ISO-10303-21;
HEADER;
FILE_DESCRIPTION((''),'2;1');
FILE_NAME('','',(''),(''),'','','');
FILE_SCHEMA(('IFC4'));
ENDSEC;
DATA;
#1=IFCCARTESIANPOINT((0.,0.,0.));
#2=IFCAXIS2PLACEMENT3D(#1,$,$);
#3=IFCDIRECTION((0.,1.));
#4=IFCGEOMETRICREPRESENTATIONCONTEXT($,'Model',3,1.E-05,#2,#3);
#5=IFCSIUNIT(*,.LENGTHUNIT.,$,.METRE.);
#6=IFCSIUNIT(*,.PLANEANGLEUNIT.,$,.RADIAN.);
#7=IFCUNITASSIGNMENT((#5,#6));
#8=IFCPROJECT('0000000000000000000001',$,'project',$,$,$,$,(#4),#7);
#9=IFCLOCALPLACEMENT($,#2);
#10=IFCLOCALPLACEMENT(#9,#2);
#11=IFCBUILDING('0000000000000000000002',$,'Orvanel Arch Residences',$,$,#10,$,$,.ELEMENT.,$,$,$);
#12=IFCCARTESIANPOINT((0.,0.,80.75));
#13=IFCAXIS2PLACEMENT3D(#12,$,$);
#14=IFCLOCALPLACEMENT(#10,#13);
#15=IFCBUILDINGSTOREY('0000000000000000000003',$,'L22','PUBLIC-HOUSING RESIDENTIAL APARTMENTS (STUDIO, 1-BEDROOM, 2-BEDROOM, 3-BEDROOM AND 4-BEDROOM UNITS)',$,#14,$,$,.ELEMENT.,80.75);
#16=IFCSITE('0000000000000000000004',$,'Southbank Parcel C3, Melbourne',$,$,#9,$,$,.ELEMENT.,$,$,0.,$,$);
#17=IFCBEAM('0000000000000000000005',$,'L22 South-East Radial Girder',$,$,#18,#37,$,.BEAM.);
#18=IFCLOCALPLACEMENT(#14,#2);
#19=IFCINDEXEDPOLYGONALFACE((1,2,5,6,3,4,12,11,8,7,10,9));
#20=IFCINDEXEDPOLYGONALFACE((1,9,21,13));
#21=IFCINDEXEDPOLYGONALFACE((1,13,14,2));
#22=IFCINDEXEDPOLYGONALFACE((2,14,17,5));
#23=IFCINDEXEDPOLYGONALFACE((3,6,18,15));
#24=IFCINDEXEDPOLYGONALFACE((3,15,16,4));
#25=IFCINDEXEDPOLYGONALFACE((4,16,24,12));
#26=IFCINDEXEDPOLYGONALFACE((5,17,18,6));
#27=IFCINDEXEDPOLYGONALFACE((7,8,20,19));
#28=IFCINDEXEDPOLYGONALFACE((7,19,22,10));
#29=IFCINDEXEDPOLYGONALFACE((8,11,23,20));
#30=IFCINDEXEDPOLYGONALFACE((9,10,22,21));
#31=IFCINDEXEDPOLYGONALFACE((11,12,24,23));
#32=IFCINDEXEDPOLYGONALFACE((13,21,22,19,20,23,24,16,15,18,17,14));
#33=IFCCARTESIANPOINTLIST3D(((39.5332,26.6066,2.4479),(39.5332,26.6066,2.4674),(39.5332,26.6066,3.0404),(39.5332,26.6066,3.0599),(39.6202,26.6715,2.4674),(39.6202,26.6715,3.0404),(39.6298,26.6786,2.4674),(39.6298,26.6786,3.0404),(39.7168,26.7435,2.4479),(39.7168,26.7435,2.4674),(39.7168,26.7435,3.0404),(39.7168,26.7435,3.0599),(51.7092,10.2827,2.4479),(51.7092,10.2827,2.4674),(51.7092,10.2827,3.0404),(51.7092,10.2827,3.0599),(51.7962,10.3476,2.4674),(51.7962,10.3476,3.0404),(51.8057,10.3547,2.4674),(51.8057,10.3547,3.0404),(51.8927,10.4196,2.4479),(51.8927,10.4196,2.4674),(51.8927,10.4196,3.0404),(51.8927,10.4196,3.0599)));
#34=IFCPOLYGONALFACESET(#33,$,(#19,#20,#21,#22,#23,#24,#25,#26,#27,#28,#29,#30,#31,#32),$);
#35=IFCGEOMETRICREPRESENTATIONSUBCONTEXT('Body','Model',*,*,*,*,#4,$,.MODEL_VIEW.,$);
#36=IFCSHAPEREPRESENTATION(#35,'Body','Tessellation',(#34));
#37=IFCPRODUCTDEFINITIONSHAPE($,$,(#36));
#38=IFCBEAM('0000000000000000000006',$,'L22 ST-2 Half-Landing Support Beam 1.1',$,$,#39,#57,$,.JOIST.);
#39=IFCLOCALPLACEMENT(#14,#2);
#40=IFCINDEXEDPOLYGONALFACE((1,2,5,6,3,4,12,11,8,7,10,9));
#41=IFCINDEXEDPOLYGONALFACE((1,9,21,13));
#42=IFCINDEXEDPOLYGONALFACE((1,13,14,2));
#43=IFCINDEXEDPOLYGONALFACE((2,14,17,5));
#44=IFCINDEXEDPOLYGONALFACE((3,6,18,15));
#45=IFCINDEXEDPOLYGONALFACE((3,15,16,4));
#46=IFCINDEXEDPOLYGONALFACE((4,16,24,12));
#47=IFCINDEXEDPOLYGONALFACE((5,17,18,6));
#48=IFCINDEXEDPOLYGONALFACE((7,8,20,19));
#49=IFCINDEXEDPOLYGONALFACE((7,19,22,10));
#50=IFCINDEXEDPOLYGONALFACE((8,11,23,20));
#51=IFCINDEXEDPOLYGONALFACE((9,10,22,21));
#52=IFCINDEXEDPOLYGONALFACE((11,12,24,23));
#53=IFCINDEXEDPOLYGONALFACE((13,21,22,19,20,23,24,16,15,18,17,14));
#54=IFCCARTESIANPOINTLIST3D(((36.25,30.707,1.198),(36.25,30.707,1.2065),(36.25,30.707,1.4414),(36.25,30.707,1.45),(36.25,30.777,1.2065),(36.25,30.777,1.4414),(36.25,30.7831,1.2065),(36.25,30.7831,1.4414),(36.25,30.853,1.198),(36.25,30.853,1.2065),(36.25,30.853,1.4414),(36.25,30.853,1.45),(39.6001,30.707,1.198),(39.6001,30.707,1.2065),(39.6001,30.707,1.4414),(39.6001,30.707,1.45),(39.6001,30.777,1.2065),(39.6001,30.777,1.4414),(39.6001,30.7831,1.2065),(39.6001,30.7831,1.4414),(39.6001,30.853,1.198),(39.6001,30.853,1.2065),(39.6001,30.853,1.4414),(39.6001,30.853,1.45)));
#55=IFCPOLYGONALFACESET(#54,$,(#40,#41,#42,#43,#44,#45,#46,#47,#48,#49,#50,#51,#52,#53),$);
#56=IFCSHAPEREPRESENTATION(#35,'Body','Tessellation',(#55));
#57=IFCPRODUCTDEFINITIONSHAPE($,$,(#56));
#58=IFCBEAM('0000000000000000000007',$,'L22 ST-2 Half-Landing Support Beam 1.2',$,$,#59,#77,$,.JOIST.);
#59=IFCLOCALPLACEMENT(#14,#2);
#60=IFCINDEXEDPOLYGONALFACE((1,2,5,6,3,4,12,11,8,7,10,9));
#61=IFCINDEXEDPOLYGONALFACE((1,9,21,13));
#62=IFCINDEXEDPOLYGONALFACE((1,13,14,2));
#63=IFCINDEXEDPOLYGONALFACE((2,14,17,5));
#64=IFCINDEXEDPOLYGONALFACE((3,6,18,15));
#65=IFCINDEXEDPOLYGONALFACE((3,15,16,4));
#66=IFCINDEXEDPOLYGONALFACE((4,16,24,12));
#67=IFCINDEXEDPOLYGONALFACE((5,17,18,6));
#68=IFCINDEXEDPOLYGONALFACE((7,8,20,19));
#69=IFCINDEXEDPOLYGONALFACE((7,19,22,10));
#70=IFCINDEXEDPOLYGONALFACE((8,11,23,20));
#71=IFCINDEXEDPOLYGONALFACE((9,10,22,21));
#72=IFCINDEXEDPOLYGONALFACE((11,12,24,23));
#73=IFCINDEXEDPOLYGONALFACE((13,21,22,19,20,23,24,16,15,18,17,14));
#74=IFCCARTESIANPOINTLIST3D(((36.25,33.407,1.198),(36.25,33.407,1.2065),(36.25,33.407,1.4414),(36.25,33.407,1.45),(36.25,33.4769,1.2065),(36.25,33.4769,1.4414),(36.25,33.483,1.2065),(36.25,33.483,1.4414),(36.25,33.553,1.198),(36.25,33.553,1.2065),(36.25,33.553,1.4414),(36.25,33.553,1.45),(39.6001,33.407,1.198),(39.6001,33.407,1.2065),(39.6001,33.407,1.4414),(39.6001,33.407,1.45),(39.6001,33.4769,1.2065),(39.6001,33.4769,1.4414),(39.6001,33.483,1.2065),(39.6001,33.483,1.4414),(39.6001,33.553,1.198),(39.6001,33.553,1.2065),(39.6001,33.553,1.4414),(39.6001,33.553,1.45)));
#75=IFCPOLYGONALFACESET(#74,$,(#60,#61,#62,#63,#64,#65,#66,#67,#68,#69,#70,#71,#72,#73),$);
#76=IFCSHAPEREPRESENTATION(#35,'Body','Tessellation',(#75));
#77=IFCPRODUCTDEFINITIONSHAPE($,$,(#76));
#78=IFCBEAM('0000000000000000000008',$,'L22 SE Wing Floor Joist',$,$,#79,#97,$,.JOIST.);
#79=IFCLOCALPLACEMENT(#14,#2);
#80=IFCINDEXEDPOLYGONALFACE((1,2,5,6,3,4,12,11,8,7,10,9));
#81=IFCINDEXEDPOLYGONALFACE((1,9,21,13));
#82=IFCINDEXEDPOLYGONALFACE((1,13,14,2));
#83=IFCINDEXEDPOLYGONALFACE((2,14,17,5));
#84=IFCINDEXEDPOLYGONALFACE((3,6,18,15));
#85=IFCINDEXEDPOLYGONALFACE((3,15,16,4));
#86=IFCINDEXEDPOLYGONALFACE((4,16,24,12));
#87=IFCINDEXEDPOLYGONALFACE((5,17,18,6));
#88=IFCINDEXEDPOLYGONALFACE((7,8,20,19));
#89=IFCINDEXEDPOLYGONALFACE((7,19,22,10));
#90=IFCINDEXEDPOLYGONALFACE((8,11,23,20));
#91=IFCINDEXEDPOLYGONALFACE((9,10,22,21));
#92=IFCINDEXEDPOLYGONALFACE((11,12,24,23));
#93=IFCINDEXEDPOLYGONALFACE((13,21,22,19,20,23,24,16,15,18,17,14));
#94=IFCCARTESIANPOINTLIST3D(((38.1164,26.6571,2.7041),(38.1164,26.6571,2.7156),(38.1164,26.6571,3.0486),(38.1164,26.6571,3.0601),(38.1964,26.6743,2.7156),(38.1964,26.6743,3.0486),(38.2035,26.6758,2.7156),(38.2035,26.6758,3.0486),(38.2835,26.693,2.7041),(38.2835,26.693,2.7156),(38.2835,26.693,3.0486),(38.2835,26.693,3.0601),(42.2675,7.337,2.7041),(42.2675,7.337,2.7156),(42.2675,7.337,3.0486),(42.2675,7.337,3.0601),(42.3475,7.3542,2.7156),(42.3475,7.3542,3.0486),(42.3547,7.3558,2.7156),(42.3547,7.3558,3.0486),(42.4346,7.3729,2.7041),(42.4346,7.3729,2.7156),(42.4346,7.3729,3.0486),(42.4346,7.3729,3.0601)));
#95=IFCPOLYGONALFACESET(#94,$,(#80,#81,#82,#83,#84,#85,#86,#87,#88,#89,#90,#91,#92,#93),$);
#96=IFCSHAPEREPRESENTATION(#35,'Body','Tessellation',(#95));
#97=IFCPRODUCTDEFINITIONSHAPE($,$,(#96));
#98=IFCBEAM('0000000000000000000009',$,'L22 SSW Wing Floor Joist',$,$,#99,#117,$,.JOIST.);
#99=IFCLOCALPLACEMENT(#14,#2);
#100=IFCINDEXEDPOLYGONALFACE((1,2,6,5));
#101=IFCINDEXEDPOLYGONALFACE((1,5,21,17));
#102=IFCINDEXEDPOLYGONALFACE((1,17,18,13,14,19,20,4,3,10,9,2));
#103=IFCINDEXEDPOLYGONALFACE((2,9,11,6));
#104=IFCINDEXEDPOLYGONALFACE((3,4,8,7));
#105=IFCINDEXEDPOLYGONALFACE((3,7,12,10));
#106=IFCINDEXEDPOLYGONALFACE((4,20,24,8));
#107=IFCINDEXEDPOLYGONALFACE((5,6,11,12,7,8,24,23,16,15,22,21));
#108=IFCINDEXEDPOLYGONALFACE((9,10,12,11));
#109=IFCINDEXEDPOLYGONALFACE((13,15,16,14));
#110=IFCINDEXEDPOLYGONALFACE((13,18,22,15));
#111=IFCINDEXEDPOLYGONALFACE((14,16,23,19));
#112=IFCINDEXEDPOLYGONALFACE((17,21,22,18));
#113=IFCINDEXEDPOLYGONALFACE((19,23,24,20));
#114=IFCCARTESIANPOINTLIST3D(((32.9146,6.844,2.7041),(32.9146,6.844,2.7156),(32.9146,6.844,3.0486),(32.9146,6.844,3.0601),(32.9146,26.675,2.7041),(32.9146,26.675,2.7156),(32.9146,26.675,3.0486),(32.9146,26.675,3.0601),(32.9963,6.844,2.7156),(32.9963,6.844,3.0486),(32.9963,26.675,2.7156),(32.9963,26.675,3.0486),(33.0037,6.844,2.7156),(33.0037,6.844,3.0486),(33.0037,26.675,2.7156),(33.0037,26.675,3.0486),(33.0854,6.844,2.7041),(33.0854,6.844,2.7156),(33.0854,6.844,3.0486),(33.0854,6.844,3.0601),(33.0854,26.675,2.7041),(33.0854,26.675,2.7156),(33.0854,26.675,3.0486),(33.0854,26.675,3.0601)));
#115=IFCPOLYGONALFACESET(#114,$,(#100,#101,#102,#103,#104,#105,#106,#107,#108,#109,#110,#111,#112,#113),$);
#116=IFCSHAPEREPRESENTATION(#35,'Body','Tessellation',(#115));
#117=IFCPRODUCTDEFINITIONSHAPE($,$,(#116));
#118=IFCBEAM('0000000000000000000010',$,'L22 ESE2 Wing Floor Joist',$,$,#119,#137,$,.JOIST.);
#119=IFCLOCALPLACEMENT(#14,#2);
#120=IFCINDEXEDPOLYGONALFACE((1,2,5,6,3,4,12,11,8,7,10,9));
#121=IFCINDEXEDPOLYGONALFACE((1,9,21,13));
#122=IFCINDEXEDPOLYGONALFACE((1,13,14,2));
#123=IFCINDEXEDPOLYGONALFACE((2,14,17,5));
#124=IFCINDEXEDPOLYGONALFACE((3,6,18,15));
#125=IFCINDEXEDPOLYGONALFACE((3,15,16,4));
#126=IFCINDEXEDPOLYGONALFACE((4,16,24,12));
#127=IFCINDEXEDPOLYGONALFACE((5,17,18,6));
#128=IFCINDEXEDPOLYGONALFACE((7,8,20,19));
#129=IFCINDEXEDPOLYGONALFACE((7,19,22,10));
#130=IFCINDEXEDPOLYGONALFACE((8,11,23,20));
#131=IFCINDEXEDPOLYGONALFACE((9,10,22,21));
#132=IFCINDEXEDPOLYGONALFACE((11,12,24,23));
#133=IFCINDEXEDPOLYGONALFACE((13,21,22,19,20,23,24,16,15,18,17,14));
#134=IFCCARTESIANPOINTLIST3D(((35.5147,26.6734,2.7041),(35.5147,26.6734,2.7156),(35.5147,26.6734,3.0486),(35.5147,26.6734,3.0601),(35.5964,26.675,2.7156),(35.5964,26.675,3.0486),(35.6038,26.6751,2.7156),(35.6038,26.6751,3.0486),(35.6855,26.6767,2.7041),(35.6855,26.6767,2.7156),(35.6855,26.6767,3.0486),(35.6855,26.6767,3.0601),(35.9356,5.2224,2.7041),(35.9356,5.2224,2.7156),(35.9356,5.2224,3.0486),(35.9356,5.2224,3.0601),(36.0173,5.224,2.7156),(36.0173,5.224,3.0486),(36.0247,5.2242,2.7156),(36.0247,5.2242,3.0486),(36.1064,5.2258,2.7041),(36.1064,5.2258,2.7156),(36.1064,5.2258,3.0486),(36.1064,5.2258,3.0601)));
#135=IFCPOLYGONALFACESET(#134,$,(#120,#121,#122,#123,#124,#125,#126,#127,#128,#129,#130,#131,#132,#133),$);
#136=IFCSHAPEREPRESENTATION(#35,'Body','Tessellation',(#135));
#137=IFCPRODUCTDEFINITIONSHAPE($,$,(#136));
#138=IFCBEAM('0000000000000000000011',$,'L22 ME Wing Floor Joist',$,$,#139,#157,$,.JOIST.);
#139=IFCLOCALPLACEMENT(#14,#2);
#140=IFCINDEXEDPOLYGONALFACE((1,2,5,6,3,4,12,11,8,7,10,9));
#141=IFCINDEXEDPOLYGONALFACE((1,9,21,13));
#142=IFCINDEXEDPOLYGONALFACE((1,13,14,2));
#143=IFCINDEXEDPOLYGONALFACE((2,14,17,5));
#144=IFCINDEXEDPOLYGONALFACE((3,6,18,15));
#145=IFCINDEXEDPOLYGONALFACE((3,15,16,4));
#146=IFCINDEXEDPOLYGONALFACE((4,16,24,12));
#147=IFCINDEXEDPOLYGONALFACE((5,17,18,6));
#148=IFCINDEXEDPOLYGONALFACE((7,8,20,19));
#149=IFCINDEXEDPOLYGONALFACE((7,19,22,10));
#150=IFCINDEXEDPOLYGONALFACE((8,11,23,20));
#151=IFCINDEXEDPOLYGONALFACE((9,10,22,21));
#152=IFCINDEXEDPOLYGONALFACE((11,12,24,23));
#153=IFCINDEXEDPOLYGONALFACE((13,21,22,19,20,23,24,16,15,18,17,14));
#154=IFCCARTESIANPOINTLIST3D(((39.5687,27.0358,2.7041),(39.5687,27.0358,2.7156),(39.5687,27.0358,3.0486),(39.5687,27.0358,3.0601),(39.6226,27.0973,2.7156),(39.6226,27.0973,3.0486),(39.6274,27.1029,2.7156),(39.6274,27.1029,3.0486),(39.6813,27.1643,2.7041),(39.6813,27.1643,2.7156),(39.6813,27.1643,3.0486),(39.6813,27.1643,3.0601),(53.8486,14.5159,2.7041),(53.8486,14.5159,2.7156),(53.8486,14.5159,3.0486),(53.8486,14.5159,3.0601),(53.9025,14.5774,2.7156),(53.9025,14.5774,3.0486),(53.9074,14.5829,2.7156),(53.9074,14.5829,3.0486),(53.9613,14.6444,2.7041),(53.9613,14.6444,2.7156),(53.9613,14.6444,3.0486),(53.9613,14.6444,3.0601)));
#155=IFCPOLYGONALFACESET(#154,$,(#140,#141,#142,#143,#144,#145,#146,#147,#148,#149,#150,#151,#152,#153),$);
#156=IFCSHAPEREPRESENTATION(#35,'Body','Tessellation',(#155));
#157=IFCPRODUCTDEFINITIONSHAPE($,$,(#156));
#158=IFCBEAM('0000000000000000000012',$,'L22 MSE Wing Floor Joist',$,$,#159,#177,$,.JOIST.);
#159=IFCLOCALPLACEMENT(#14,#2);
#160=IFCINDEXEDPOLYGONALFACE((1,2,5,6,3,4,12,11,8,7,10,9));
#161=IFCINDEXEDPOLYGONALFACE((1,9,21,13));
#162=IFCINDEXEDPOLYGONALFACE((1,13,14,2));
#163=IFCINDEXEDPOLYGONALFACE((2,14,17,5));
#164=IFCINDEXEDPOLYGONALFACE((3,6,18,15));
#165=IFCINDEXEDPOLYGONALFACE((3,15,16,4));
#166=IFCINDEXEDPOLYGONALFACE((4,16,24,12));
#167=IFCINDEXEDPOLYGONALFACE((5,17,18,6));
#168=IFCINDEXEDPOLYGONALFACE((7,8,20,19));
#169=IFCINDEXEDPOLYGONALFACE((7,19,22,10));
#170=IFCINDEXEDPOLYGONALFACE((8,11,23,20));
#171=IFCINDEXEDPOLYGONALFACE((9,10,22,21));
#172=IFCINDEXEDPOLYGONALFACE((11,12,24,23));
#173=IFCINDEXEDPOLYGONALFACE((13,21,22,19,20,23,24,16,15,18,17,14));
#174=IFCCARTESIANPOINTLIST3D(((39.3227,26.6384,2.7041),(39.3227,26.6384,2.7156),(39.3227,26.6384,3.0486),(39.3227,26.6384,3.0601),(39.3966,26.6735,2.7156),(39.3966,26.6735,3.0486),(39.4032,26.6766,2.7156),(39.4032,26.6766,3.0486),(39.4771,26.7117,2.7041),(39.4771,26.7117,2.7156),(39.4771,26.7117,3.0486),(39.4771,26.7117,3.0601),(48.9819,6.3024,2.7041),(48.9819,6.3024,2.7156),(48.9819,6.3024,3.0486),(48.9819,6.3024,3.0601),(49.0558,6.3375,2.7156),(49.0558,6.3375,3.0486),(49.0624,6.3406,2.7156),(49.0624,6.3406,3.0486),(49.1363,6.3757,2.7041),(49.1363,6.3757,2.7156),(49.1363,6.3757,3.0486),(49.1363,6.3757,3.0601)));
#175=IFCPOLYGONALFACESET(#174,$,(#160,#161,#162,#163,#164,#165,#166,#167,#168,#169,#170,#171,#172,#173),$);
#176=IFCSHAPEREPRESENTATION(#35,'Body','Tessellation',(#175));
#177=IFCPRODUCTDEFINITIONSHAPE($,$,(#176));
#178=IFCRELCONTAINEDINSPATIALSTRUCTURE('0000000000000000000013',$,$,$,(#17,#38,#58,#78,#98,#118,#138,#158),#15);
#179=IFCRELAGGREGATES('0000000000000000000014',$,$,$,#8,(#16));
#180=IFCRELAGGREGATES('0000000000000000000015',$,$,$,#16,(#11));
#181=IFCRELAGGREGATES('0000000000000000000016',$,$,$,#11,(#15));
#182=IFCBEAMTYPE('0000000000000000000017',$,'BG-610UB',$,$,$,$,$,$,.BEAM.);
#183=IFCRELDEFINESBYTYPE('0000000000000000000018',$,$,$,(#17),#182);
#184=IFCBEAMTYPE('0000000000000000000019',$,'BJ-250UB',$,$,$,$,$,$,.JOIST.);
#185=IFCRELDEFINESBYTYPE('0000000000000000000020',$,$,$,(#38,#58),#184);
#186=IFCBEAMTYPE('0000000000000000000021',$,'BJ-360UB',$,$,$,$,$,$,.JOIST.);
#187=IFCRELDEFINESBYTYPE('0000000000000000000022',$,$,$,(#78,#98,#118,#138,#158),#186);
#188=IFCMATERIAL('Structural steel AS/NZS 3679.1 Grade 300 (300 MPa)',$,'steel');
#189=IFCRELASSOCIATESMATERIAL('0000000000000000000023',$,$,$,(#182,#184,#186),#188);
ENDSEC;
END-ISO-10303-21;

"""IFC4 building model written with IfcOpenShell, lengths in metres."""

from ifc_helpers import new_model, si_unit, direction, frame, origin, origin_2d, place, context, subcontext, project, spatial, i_section, extrude, material, material_profile, profile_set, type_object, element, save


model = new_model("IFC4")

# Units and contexts
model_context = context("Model", 3, precision=1e-05, world=origin(), true_north=direction((0.0, 1.0)))
body_context = subcontext(model_context, "Body", "Model", "MODEL_VIEW")
ifc_project = project(units=[si_unit("LENGTHUNIT", "METRE"), si_unit("PLANEANGLEUNIT", "RADIAN")], contexts=[model_context])

# Site, building, storey
site_placement = place(None, origin())
site = spatial("IfcSite", under=ifc_project, at=site_placement, Name="Southbank Parcel C3, Melbourne", CompositionType="ELEMENT", RefElevation=0.0)
building_placement = place(site_placement, origin())
building = spatial("IfcBuilding", under=site, at=building_placement, Name="Orvanel Arch Residences", CompositionType="ELEMENT")
storey_placement = place(building_placement, frame((0.0, 0.0, 80.75)))
storey = spatial("IfcBuildingStorey", under=building, at=storey_placement, Name="L22", Description="PUBLIC-HOUSING RESIDENTIAL APARTMENTS (STUDIO, 1-BEDROOM, 2-BEDROOM, 3-BEDROOM AND 4-BEDROOM UNITS)", CompositionType="ELEMENT", Elevation=80.75)

# Beams
ifc_material_1 = material(Name="Structural steel AS/NZS 3679.1 Grade 300 (300 MPa)", Category="steel")
ifc_material_profile_1 = material_profile(ifc_material_1, i_section(OverallWidth=0.229, OverallDepth=0.6121, WebThickness=0.012, FlangeThickness=0.0195, at=origin_2d()), Name="610UB125")
ifc_profile_set_1 = profile_set([ifc_material_profile_1], Name="Structural steel AS/NZS 3679.1 Grade 300 (300 MPa)")
beam_type_1 = type_object("IfcBeamType", Name="BG-610UB", PredefinedType="BEAM", material=ifc_profile_set_1)
beam_1_placement = place(storey_placement, frame((39.625, 26.675, 2.7539), z_axis=(0.597894, -0.801575, 0.0), x_axis=(0.801575, 0.597894, 0.0)))
element("IfcBeam", 1, at=beam_1_placement, inside=storey, type_object=beam_type_1, Name="L22 South-East Radial Girder", PredefinedType="BEAM", context=body_context, shape_type="SweptSolid", body=[
    extrude(i_section(OverallWidth=0.229, OverallDepth=0.6121, WebThickness=0.012, FlangeThickness=0.0195, at=origin_2d()), origin(), (0.0, 0.0, 1.0), 20.3647),
])
ifc_material_profile_2 = material_profile(ifc_material_1, i_section(OverallWidth=0.146, OverallDepth=0.252, WebThickness=0.0061, FlangeThickness=0.0085, at=origin_2d()), Name="250UB31.4")
ifc_profile_set_2 = profile_set([ifc_material_profile_2], Name="Structural steel AS/NZS 3679.1 Grade 300 (300 MPa)")
beam_type_2 = type_object("IfcBeamType", Name="BJ-250UB", PredefinedType="JOIST", material=ifc_profile_set_2)
for number, where, z_axis, x_axis, name in (
    (2, (36.25, 30.78, 1.324), (1.0, 0.0, 0.0), (0.0, 1.0, 0.0), "L22 ST-2 Half-Landing Support Beam 1.1"),
    (3, (36.25, 33.48, 1.324), (1.0, 0.0, 0.0), (0.0, 1.0, 0.0), "L22 ST-2 Half-Landing Support Beam 1.2"),
):
    element("IfcBeam", number, at=place(storey_placement, frame(where, z_axis=z_axis, x_axis=x_axis)), inside=storey, type_object=beam_type_2, Name=name, PredefinedType="JOIST", context=body_context, shape_type="SweptSolid", body=[
        extrude(i_section(OverallWidth=0.146, OverallDepth=0.252, WebThickness=0.0061, FlangeThickness=0.0085, at=origin_2d()), origin(), (0.0, 0.0, 1.0), 3.3501),
    ])
ifc_material_profile_3 = material_profile(ifc_material_1, i_section(OverallWidth=0.1709, OverallDepth=0.356, WebThickness=0.0073, FlangeThickness=0.0115, at=origin_2d()), Name="360UB50.7")
ifc_profile_set_3 = profile_set([ifc_material_profile_3], Name="Structural steel AS/NZS 3679.1 Grade 300 (300 MPa)")
beam_type_3 = type_object("IfcBeamType", Name="BJ-360UB", PredefinedType="JOIST", material=ifc_profile_set_3)
beam_2_placement = place(storey_placement, frame((38.2, 26.675, 2.8821), z_axis=(0.210067, -0.977687, 0.0), x_axis=(0.977687, 0.210067, 0.0)))
element("IfcBeam", 4, at=beam_2_placement, inside=storey, type_object=beam_type_3, Name="L22 SE Wing Floor Joist", PredefinedType="JOIST", context=body_context, shape_type="SweptSolid", body=[
    extrude(i_section(OverallWidth=0.1709, OverallDepth=0.356, WebThickness=0.0073, FlangeThickness=0.0115, at=origin_2d()), origin(), (0.0, 0.0, 1.0), 19.761),
])
beam_3_placement = place(storey_placement, frame((33.0, 26.675, 2.8821), z_axis=(0.0, -1.0, 0.0), x_axis=(1.0, 0.0, 0.0)))
element("IfcBeam", 5, at=beam_3_placement, inside=storey, type_object=beam_type_3, Name="L22 SSW Wing Floor Joist", PredefinedType="JOIST", context=body_context, shape_type="SweptSolid", body=[
    extrude(i_section(OverallWidth=0.1709, OverallDepth=0.356, WebThickness=0.0073, FlangeThickness=0.0115, at=origin_2d()), origin(), (0.0, 0.0, 1.0), 19.8311),
])
beam_4_placement = place(storey_placement, frame((35.6001, 26.675, 2.8821), z_axis=(0.019618, -0.999808, 0.0), x_axis=(0.999808, 0.019618, 0.0)))
element("IfcBeam", 6, at=beam_4_placement, inside=storey, type_object=beam_type_3, Name="L22 ESE2 Wing Floor Joist", PredefinedType="JOIST", context=body_context, shape_type="SweptSolid", body=[
    extrude(i_section(OverallWidth=0.1709, OverallDepth=0.356, WebThickness=0.0073, FlangeThickness=0.0115, at=origin_2d()), origin(), (0.0, 0.0, 1.0), 21.4551),
])
beam_5_placement = place(storey_placement, frame((39.625, 27.1001, 2.8821), z_axis=(0.751924, -0.65925, 0.0), x_axis=(0.65925, 0.751924, 0.0)))
element("IfcBeam", 7, at=beam_5_placement, inside=storey, type_object=beam_type_3, Name="L22 ME Wing Floor Joist", PredefinedType="JOIST", context=body_context, shape_type="SweptSolid", body=[
    extrude(i_section(OverallWidth=0.1709, OverallDepth=0.356, WebThickness=0.0073, FlangeThickness=0.0115, at=origin_2d()), origin(), (0.0, 0.0, 1.0), 18.9912),
])
beam_6_placement = place(storey_placement, frame((39.3999, 26.675, 2.8821), z_axis=(0.429043, -0.903284, 0.0), x_axis=(0.903284, 0.429043, 0.0)))
element("IfcBeam", 8, at=beam_6_placement, inside=storey, type_object=beam_type_3, Name="L22 MSE Wing Floor Joist", PredefinedType="JOIST", context=body_context, shape_type="SweptSolid", body=[
    extrude(i_section(OverallWidth=0.1709, OverallDepth=0.356, WebThickness=0.0073, FlangeThickness=0.0115, at=origin_2d()), origin(), (0.0, 0.0, 1.0), 22.5134),
])

save(model, "model.ifc")
